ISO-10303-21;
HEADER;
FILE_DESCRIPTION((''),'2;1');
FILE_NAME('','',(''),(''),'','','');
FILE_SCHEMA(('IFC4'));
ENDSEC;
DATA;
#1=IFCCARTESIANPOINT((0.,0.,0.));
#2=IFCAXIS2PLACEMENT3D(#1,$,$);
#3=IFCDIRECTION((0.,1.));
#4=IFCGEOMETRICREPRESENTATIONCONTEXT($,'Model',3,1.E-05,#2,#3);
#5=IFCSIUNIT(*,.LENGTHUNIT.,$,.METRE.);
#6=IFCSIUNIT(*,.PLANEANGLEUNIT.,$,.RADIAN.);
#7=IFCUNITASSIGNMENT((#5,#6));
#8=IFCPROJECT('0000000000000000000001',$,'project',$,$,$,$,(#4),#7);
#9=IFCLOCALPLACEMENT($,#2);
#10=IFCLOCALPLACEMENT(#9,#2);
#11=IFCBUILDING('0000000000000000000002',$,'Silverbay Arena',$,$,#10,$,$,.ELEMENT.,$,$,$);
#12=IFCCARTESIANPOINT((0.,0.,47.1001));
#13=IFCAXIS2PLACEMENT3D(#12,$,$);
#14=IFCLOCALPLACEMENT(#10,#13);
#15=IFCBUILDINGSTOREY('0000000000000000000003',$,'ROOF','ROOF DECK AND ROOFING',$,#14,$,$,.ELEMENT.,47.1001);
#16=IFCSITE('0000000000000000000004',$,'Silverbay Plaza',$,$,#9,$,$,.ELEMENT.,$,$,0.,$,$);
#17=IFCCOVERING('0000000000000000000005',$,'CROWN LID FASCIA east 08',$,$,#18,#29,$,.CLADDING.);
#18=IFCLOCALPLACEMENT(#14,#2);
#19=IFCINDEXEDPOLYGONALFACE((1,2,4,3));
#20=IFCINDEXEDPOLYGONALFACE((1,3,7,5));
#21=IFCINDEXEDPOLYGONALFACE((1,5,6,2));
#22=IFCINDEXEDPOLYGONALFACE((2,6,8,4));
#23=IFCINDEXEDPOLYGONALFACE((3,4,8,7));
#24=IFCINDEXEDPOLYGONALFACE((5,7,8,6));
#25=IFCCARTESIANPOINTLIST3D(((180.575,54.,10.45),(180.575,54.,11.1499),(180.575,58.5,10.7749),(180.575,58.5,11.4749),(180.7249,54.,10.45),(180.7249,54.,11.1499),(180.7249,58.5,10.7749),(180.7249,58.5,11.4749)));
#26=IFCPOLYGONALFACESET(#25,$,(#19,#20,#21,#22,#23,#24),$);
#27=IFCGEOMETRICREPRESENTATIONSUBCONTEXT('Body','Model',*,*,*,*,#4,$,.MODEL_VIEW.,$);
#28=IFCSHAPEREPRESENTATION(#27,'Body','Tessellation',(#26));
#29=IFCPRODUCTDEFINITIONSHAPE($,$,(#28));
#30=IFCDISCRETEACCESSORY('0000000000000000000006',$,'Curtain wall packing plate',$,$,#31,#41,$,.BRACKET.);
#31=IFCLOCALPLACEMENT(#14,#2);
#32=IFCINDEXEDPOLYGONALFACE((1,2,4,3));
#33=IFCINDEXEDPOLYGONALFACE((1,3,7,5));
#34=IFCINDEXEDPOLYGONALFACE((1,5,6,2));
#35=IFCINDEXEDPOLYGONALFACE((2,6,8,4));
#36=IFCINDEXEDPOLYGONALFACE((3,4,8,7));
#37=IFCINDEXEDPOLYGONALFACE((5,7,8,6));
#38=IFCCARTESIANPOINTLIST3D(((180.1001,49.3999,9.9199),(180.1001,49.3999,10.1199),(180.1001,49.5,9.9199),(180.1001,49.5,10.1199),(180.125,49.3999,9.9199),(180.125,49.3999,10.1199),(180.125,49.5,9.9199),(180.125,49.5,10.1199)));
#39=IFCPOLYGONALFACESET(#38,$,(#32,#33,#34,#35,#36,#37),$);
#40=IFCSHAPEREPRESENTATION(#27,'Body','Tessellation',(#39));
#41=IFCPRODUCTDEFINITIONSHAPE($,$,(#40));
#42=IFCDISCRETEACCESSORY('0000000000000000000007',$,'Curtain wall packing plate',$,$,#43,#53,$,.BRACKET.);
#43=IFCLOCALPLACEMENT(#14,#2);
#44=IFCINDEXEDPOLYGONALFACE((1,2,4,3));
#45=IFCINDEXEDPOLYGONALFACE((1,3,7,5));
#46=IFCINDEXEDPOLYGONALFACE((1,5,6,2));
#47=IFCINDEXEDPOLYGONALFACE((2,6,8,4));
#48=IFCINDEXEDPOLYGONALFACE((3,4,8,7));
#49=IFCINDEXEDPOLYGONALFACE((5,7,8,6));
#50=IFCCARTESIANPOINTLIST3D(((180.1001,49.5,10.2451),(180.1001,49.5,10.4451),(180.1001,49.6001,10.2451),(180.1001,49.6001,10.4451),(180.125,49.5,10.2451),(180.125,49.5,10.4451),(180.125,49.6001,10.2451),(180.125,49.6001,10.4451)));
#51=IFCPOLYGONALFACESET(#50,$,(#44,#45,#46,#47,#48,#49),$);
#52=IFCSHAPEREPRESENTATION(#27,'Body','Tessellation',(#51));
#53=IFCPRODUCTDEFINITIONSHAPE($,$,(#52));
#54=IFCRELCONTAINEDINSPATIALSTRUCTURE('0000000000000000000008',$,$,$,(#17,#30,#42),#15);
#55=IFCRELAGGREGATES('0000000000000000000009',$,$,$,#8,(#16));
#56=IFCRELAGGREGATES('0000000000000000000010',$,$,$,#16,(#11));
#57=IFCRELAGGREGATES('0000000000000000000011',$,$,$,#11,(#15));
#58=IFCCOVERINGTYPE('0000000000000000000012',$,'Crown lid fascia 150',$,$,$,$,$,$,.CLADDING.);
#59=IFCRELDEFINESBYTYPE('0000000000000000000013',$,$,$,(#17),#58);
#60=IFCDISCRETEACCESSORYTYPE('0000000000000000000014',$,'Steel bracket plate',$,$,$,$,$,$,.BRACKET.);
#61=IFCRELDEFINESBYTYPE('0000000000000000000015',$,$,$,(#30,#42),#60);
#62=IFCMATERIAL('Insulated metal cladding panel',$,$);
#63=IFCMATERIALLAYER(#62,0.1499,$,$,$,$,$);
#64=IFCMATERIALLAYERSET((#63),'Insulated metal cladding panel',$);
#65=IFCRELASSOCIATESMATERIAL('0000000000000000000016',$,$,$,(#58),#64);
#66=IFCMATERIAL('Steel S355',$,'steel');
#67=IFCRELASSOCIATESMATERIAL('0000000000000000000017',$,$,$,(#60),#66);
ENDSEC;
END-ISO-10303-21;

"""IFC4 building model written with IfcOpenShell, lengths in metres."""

from ifc_helpers import new_model, si_unit, direction, frame, origin, origin_2d, place, context, subcontext, project, spatial, polyline, rectangle, outline, extrude, material, layer, layer_set, type_object, element, save


model = new_model("IFC4")

# Units and contexts
model_context = context("Model", 3, precision=1e-05, world=origin(), true_north=direction((0.0, 1.0)))
body_context = subcontext(model_context, "Body", "Model", "MODEL_VIEW")
ifc_project = project(units=[si_unit("LENGTHUNIT", "METRE"), si_unit("PLANEANGLEUNIT", "RADIAN")], contexts=[model_context])

# Site, building, storey
site_placement = place(None, origin())
site = spatial("IfcSite", under=ifc_project, at=site_placement, Name="Silverbay Plaza", CompositionType="ELEMENT", RefElevation=0.0)
building_placement = place(site_placement, origin())
building = spatial("IfcBuilding", under=site, at=building_placement, Name="Silverbay Arena", CompositionType="ELEMENT")
storey_placement = place(building_placement, frame((0.0, 0.0, 47.1001)))
storey = spatial("IfcBuildingStorey", under=building, at=storey_placement, Name="ROOF", Description="ROOF DECK AND ROOFING", CompositionType="ELEMENT", Elevation=47.1001)

# Covering
ifc_material_1 = material(Name="Insulated metal cladding panel")
ifc_layer_1 = layer(ifc_material_1, 0.1499)
ifc_layer_set_1 = layer_set([ifc_layer_1], Name="Insulated metal cladding panel")
covering_type = type_object("IfcCoveringType", Name="Crown lid fascia 150", PredefinedType="CLADDING", material=ifc_layer_set_1)
for number, where, z_axis, x_axis, name in (
    (1, (180.575, 54.0, 11.1499), (-1.0, 0.0, 0.0), (0.0, 0.997403, 0.072024), "CROWN LID FASCIA east 08"),
):
    element("IfcCovering", number, at=place(storey_placement, frame(where, z_axis=z_axis, x_axis=x_axis)), inside=storey, type_object=covering_type, Name=name, PredefinedType="CLADDING", context=body_context, shape_type="SweptSolid", body=[
        extrude(outline(polyline([(0.0, 0.0), (4.5117, 0.0), (4.4613, 0.6981), (-0.0504, 0.6981), (0.0, 0.0)])), origin(), (0.0, 0.0, -1.0), 0.1499),
    ])

# Discrete accessories
ifc_material_2 = material(Name="Steel S355", Category="steel")
discrete_accessory_type = type_object("IfcDiscreteAccessoryType", Name="Steel bracket plate", PredefinedType="BRACKET", material=ifc_material_2)
for number, where, z_axis, x_axis, name in (
    (2, (180.1125, 49.45, 9.9199), (0.0, 0.0, 1.0), (1.0, 0.0, 0.0), "Curtain wall packing plate"),
    (3, (180.1125, 49.55, 10.2451), (0.0, 0.0, 1.0), (1.0, 0.0, 0.0), "Curtain wall packing plate"),
):
    element("IfcDiscreteAccessory", number, at=place(storey_placement, frame(where, z_axis=z_axis, x_axis=x_axis)), inside=storey, type_object=discrete_accessory_type, Name=name, PredefinedType="BRACKET", context=body_context, shape_type="SweptSolid", body=[
        extrude(rectangle(XDim=0.0249, YDim=0.1001, at=origin_2d()), origin(), (0.0, 0.0, 1.0), 0.2),
    ])

save(model, "model.ifc")
